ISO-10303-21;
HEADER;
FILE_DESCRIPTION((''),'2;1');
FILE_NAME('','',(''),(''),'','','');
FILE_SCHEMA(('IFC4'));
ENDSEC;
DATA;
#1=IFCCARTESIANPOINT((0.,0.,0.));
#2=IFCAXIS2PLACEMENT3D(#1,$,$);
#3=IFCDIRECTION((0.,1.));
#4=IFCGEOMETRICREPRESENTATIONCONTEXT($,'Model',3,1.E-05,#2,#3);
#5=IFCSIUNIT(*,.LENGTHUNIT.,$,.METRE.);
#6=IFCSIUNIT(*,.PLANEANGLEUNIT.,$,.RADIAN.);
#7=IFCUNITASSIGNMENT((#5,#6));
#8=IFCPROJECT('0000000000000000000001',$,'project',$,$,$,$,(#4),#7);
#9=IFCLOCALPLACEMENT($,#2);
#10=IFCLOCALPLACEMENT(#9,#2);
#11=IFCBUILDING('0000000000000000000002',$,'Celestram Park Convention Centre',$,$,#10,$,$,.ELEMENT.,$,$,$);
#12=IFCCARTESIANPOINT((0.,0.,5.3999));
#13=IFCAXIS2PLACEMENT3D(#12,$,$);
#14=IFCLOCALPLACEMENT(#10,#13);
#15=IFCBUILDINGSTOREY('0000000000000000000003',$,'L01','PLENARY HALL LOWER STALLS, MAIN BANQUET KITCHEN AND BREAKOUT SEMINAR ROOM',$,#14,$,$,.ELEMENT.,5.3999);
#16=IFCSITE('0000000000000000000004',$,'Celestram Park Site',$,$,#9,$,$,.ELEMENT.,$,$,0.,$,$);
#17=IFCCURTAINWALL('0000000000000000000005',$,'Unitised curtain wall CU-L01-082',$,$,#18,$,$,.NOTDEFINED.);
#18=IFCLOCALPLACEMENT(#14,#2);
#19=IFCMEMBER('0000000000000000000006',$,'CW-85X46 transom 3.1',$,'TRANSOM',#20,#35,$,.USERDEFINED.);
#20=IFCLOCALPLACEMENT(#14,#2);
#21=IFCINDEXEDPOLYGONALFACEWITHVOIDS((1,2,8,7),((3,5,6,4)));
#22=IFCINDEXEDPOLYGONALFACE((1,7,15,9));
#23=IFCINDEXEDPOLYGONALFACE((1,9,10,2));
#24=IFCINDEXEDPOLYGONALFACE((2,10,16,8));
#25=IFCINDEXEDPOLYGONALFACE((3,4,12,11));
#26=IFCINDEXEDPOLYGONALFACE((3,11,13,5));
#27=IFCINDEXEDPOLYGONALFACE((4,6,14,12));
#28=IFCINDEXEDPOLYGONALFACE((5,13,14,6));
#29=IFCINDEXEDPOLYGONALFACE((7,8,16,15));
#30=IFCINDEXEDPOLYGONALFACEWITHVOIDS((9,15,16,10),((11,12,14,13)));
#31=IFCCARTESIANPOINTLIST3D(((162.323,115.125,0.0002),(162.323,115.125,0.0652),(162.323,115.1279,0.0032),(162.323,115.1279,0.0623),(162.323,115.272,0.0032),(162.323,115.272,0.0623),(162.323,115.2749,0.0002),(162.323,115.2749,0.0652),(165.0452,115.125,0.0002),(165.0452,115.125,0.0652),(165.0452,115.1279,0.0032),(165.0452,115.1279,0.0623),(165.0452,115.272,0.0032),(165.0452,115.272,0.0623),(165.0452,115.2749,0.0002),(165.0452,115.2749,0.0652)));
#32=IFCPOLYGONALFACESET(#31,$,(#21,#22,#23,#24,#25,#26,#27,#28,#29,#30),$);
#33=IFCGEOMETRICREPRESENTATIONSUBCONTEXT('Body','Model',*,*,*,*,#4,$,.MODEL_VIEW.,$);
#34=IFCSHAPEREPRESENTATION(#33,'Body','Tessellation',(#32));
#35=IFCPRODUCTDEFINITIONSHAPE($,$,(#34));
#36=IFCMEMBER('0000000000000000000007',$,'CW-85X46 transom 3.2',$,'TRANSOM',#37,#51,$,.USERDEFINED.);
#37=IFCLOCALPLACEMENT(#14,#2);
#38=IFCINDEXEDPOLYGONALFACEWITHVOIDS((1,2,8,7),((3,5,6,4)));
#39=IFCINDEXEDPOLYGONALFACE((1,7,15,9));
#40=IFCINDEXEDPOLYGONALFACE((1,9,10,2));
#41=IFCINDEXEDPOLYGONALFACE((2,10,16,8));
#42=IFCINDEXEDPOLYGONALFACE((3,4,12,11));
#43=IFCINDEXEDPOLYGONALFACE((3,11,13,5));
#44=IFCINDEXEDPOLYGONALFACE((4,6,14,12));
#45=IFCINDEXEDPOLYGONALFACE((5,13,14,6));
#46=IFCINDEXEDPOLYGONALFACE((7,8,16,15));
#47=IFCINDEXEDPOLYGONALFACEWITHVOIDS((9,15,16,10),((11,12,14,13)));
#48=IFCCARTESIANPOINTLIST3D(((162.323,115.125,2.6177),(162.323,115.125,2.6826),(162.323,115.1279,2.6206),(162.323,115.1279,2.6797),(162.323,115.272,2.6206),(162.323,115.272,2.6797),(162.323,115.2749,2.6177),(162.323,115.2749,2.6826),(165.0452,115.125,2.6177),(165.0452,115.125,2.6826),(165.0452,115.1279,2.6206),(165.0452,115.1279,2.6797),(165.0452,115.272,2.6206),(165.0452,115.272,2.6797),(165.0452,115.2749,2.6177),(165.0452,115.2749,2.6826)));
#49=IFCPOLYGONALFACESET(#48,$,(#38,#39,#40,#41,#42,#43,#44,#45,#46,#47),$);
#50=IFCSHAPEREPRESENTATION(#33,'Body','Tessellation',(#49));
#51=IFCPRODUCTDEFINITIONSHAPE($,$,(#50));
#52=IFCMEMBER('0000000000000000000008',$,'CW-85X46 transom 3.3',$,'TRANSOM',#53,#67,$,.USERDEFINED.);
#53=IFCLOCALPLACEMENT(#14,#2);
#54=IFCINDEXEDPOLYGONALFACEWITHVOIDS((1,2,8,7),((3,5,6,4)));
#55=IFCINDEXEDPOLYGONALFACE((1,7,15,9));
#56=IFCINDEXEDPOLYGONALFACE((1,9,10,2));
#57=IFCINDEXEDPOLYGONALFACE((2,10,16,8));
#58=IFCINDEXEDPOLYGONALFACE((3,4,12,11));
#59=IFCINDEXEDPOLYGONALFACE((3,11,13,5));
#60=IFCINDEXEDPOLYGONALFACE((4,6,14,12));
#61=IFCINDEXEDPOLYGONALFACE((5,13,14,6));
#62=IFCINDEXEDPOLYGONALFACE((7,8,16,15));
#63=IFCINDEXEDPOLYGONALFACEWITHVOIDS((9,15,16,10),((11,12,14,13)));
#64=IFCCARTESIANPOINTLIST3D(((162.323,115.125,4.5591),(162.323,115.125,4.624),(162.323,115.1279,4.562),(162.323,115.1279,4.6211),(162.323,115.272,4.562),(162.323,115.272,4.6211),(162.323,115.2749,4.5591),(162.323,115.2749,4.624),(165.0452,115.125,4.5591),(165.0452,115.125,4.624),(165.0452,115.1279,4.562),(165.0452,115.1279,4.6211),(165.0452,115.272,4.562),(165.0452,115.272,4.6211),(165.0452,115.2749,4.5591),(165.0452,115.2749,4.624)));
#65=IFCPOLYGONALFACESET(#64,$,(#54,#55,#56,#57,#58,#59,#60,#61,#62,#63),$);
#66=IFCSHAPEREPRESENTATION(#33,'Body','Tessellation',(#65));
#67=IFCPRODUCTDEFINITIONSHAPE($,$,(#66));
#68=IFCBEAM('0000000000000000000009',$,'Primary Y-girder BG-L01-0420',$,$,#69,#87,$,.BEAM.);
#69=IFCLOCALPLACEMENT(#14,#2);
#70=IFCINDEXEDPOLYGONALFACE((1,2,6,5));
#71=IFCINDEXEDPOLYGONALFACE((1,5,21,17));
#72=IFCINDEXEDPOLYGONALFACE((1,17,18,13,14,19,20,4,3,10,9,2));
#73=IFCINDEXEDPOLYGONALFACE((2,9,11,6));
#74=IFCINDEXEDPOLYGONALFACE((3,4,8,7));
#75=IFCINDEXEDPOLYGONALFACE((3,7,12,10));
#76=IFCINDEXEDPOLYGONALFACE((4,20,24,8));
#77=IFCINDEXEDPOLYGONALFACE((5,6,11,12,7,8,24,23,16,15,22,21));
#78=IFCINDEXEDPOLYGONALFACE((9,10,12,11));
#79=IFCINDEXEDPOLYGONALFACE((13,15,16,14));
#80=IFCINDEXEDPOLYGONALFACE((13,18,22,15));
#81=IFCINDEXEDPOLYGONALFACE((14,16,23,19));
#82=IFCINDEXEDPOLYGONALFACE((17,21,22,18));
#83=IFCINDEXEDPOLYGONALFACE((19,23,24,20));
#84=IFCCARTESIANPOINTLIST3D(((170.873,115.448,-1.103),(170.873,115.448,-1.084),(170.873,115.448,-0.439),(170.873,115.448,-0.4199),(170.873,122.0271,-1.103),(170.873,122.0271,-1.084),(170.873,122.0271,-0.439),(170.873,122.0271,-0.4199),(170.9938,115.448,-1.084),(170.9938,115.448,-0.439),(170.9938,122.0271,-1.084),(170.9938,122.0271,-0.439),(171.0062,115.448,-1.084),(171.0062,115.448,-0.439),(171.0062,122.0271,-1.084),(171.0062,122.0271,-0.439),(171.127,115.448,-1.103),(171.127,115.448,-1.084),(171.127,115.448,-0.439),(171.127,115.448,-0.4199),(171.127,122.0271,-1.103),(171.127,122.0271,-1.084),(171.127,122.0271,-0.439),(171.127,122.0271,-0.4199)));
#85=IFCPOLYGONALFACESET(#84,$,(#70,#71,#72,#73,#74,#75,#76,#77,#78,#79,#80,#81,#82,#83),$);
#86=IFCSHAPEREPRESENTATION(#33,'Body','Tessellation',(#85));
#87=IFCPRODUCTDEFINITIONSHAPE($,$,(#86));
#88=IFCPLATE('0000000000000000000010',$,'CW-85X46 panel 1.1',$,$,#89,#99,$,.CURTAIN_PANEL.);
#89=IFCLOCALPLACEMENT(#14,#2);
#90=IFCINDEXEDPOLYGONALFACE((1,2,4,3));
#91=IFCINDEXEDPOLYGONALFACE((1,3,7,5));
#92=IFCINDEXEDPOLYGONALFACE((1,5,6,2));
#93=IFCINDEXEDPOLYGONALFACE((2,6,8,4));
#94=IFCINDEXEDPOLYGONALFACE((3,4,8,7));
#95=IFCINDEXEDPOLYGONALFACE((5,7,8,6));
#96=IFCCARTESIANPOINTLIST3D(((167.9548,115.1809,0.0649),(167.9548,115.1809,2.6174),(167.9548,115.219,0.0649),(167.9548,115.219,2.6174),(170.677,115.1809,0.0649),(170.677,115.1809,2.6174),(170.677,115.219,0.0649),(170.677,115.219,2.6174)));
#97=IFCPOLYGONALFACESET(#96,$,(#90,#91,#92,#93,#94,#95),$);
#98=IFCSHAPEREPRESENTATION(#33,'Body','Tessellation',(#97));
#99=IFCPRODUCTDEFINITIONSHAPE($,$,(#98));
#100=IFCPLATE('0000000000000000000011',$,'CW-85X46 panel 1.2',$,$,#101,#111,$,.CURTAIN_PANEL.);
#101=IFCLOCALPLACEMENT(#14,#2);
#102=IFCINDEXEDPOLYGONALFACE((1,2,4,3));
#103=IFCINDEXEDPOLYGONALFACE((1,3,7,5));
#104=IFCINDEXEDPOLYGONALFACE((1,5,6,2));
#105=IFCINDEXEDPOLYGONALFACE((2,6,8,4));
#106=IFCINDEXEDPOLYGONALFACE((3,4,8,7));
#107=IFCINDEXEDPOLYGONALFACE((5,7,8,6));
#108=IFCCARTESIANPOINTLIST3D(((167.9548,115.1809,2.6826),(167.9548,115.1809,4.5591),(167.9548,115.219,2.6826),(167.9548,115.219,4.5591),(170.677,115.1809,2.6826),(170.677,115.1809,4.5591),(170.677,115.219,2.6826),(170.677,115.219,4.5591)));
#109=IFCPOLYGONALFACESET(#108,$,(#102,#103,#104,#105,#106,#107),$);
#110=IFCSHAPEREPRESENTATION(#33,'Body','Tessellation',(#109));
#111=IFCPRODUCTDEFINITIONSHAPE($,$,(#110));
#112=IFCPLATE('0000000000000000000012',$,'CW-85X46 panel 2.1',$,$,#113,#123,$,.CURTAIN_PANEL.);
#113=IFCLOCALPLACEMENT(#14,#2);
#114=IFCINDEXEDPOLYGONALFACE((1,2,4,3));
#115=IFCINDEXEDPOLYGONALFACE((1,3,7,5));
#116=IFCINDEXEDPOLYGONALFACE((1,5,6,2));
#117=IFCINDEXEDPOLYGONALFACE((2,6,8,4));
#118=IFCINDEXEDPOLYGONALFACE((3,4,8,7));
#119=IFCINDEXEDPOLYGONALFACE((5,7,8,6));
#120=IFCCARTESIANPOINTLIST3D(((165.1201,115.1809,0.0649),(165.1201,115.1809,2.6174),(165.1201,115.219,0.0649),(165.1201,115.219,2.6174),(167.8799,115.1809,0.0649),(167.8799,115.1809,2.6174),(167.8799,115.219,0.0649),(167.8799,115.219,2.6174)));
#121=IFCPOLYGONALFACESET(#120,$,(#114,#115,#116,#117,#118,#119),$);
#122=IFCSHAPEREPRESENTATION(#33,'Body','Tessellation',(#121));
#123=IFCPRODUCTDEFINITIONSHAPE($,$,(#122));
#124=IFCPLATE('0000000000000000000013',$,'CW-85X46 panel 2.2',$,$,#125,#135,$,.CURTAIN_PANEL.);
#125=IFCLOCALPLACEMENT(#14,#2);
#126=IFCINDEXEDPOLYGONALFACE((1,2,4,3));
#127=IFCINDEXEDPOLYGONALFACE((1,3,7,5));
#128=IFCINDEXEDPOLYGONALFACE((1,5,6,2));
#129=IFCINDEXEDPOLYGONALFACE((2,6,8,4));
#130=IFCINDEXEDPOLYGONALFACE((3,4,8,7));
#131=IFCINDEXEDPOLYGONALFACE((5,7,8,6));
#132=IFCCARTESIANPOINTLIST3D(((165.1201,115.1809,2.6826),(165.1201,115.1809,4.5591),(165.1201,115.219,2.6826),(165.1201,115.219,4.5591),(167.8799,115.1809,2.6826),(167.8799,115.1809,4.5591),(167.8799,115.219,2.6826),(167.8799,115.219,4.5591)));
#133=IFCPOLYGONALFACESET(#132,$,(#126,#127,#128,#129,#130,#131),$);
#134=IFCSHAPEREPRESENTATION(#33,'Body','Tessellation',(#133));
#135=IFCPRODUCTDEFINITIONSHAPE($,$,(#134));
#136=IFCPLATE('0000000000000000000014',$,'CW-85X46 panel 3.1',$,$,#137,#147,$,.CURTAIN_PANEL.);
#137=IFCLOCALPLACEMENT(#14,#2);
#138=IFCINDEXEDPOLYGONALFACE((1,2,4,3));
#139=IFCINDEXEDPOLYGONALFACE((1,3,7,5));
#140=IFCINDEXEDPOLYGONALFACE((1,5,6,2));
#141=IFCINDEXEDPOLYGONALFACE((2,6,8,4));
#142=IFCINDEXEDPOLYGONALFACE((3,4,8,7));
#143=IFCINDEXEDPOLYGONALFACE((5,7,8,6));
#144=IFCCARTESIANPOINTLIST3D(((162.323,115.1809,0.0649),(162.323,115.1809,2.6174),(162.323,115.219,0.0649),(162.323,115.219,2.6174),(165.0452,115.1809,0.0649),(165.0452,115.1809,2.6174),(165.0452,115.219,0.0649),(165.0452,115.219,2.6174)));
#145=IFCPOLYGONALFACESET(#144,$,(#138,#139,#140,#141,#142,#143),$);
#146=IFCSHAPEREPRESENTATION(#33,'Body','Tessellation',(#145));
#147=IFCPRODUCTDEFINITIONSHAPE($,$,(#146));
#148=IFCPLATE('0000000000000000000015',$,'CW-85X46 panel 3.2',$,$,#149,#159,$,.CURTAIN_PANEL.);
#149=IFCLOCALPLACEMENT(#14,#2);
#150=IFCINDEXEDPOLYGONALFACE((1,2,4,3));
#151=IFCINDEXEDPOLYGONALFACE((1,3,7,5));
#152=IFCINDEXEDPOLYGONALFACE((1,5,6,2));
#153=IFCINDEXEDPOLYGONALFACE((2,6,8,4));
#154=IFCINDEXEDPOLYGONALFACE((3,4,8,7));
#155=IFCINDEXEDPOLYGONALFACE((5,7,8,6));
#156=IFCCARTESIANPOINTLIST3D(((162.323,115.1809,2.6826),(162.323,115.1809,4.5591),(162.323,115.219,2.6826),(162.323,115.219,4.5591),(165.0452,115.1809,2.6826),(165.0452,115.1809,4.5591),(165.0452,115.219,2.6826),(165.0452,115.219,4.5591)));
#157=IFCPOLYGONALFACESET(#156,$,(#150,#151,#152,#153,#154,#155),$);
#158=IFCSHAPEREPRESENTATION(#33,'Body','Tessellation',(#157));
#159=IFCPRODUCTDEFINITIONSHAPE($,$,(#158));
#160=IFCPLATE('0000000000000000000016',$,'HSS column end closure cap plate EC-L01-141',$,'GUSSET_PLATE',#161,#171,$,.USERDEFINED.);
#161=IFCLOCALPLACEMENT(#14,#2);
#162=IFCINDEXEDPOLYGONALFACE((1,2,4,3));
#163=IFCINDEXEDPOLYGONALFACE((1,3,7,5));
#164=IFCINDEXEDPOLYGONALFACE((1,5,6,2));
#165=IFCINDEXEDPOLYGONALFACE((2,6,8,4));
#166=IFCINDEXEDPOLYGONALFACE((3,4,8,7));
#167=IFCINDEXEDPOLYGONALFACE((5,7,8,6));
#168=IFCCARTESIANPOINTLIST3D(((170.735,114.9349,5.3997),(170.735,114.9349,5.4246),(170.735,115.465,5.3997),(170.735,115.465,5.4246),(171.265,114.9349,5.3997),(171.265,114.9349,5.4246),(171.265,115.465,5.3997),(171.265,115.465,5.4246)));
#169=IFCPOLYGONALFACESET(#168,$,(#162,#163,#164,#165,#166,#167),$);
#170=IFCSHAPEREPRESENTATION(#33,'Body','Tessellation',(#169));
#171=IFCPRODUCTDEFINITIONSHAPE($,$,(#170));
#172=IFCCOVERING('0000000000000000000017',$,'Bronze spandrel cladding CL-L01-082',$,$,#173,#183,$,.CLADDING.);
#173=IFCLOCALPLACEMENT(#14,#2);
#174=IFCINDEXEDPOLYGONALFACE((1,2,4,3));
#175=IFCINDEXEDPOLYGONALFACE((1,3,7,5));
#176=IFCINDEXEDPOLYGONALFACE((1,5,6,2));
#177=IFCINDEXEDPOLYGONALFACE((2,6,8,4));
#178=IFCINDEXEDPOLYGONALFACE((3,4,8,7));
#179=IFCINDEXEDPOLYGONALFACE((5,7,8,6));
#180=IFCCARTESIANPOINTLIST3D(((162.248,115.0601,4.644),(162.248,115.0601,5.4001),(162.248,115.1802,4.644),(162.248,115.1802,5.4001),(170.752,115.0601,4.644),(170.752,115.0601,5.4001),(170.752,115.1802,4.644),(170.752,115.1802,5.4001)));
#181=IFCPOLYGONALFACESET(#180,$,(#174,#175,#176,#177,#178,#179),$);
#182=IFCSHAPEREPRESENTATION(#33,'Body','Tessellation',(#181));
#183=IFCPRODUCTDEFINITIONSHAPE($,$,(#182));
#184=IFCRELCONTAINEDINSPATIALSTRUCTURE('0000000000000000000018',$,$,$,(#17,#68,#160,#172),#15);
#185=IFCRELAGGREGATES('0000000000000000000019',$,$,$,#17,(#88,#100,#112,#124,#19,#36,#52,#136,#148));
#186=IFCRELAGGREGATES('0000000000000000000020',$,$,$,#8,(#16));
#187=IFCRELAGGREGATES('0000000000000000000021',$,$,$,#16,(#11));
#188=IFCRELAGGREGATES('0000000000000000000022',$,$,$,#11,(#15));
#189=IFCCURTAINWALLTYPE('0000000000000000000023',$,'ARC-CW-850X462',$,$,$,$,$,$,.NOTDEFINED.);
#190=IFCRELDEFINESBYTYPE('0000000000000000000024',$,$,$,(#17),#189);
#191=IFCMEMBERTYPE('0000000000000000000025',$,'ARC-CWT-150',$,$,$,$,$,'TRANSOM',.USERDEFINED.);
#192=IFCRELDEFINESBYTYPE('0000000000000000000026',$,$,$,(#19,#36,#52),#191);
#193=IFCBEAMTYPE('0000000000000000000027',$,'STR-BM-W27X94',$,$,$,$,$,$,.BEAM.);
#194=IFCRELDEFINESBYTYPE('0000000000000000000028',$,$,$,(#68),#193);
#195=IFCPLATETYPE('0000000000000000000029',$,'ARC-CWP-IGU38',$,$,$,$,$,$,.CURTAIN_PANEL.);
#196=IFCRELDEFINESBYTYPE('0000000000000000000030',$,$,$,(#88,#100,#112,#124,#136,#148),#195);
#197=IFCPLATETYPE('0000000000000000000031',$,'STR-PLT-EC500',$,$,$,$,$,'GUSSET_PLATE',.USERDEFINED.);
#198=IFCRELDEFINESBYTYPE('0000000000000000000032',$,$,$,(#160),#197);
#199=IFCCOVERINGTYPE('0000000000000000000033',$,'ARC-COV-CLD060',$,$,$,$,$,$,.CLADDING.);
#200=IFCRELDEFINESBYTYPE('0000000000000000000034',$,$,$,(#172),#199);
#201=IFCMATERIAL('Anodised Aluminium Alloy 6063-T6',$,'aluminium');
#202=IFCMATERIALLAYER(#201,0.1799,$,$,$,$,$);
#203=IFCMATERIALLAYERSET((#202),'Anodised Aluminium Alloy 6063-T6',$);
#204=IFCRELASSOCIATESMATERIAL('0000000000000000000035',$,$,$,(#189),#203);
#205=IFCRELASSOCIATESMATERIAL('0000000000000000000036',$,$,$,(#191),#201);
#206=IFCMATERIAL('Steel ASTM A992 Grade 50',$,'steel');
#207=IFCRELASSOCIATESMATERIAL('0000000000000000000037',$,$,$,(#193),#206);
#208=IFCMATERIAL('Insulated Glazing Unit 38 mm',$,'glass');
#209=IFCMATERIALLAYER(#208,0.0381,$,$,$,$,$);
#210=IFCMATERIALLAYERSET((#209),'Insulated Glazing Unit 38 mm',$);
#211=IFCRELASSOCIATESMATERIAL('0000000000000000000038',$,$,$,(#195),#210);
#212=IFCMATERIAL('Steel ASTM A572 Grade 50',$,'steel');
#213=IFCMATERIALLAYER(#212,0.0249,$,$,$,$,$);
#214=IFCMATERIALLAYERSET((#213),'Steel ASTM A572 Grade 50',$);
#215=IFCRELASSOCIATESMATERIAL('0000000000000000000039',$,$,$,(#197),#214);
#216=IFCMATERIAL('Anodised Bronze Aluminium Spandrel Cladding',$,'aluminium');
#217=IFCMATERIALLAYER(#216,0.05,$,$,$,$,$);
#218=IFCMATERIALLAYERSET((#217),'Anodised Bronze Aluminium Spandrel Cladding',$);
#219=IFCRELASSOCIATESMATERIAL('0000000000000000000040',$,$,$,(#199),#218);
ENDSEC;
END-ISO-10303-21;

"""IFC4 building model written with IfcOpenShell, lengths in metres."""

from ifc_helpers import new_model, si_unit, direction, frame, origin, origin_2d, place, context, subcontext, project, spatial, rectangle, hollow_rectangle, i_section, extrude, material, layer, layer_set, material_profile, profile_set, type_object, element, aggregate, save


model = new_model("IFC4")

# Units and contexts
model_context = context("Model", 3, precision=1e-05, world=origin(), true_north=direction((0.0, 1.0)))
body_context = subcontext(model_context, "Body", "Model", "MODEL_VIEW")
ifc_project = project(units=[si_unit("LENGTHUNIT", "METRE"), si_unit("PLANEANGLEUNIT", "RADIAN")], contexts=[model_context])

# Site, building, storey
site_placement = place(None, origin())
site = spatial("IfcSite", under=ifc_project, at=site_placement, Name="Celestram Park Site", CompositionType="ELEMENT", RefElevation=0.0)
building_placement = place(site_placement, origin())
building = spatial("IfcBuilding", under=site, at=building_placement, Name="Celestram Park Convention Centre", CompositionType="ELEMENT")
storey_placement = place(building_placement, frame((0.0, 0.0, 5.3999)))
storey = spatial("IfcBuildingStorey", under=building, at=storey_placement, Name="L01", Description="PLENARY HALL LOWER STALLS, MAIN BANQUET KITCHEN AND BREAKOUT SEMINAR ROOM", CompositionType="ELEMENT", Elevation=5.3999)

# Curtain wall, members
ifc_material_1 = material(Name="Anodised Aluminium Alloy 6063-T6", Category="aluminium")
ifc_layer_1 = layer(ifc_material_1, 0.1799)
ifc_layer_set_1 = layer_set([ifc_layer_1], Name="Anodised Aluminium Alloy 6063-T6")
curtain_wall_type = type_object("IfcCurtainWallType", Name="ARC-CW-850X462", PredefinedType="NOTDEFINED", material=ifc_layer_set_1)
curtain_wall_placement = place(storey_placement, origin())
curtain_wall = element("IfcCurtainWall", 1, at=curtain_wall_placement, inside=storey, type_object=curtain_wall_type, Name="Unitised curtain wall CU-L01-082", PredefinedType="NOTDEFINED")
ifc_material_profile_1 = material_profile(ifc_material_1, hollow_rectangle(XDim=0.1499, YDim=0.0649, WallThickness=0.0029, at=origin_2d()), Name="ALU150X65X3")
ifc_profile_set_1 = profile_set([ifc_material_profile_1], Name="Anodised Aluminium Alloy 6063-T6")
member_type_1 = type_object("IfcMemberType", Name="ARC-CWT-150", ElementType="TRANSOM", PredefinedType="USERDEFINED", material=ifc_profile_set_1)
member_1_placement = place(storey_placement, frame((165.0452, 115.2, 0.0327), z_axis=(-1.0, 0.0, 0.0), x_axis=(0.0, -1.0, 0.0)))
member_1 = element("IfcMember", 2, at=member_1_placement, type_object=member_type_1, Name="CW-85X46 transom 3.1", ObjectType="TRANSOM", PredefinedType="USERDEFINED", context=body_context, shape_type="SweptSolid", body=[
    extrude(hollow_rectangle(XDim=0.1499, YDim=0.0649, WallThickness=0.0029, at=origin_2d()), origin(), (0.0, 0.0, 1.0), 2.7222),
])
member_2_placement = place(storey_placement, frame((165.0452, 115.2, 2.6501), z_axis=(-1.0, 0.0, 0.0), x_axis=(0.0, -1.0, 0.0)))
member_2 = element("IfcMember", 3, at=member_2_placement, type_object=member_type_1, Name="CW-85X46 transom 3.2", ObjectType="TRANSOM", PredefinedType="USERDEFINED", context=body_context, shape_type="SweptSolid", body=[
    extrude(hollow_rectangle(XDim=0.1499, YDim=0.0649, WallThickness=0.0029, at=origin_2d()), origin(), (0.0, 0.0, 1.0), 2.7222),
])
member_3_placement = place(storey_placement, frame((165.0452, 115.2, 4.5916), z_axis=(-1.0, 0.0, 0.0), x_axis=(0.0, -1.0, 0.0)))
member_3 = element("IfcMember", 4, at=member_3_placement, type_object=member_type_1, Name="CW-85X46 transom 3.3", ObjectType="TRANSOM", PredefinedType="USERDEFINED", context=body_context, shape_type="SweptSolid", body=[
    extrude(hollow_rectangle(XDim=0.1499, YDim=0.0649, WallThickness=0.0029, at=origin_2d()), origin(), (0.0, 0.0, 1.0), 2.7222),
])

# Beam
ifc_material_2 = material(Name="Steel ASTM A992 Grade 50", Category="steel")
ifc_material_profile_2 = material_profile(ifc_material_2, i_section(OverallWidth=0.2539, OverallDepth=0.6831, WebThickness=0.0125, FlangeThickness=0.019, at=origin_2d()), Name="W27X94")
ifc_profile_set_2 = profile_set([ifc_material_profile_2], Name="Steel ASTM A992 Grade 50")
beam_type = type_object("IfcBeamType", Name="STR-BM-W27X94", PredefinedType="BEAM", material=ifc_profile_set_2)
beam_placement = place(storey_placement, frame((171.0, 115.448, -0.7615), z_axis=(0.0, 1.0, 0.0), x_axis=(-1.0, 0.0, 0.0)))
element("IfcBeam", 5, at=beam_placement, inside=storey, type_object=beam_type, Name="Primary Y-girder BG-L01-0420", PredefinedType="BEAM", context=body_context, shape_type="SweptSolid", body=[
    extrude(i_section(OverallWidth=0.2539, OverallDepth=0.6831, WebThickness=0.0125, FlangeThickness=0.019, at=origin_2d()), origin(), (0.0, 0.0, 1.0), 6.5791),
])

# Plates
ifc_material_3 = material(Name="Insulated Glazing Unit 38 mm", Category="glass")
ifc_layer_2 = layer(ifc_material_3, 0.0381)
ifc_layer_set_2 = layer_set([ifc_layer_2], Name="Insulated Glazing Unit 38 mm")
plate_type_1 = type_object("IfcPlateType", Name="ARC-CWP-IGU38", PredefinedType="CURTAIN_PANEL", material=ifc_layer_set_2)
plate_1_placement = place(storey_placement, frame((169.3159, 115.2, 0.0649), z_axis=(0.0, 0.0, 1.0), x_axis=(-1.0, 0.0, 0.0)))
plate_1 = element("IfcPlate", 6, at=plate_1_placement, type_object=plate_type_1, Name="CW-85X46 panel 1.1", PredefinedType="CURTAIN_PANEL", context=body_context, shape_type="SweptSolid", body=[
    extrude(rectangle(XDim=2.7222, YDim=0.0381, at=origin_2d()), origin(), (0.0, 0.0, 1.0), 2.5525),
])
plate_2_placement = place(storey_placement, frame((169.3159, 115.2, 2.6826), z_axis=(0.0, 0.0, 1.0), x_axis=(-1.0, 0.0, 0.0)))
plate_2 = element("IfcPlate", 7, at=plate_2_placement, type_object=plate_type_1, Name="CW-85X46 panel 1.2", PredefinedType="CURTAIN_PANEL", context=body_context, shape_type="SweptSolid", body=[
    extrude(rectangle(XDim=2.7222, YDim=0.0381, at=origin_2d()), origin(), (0.0, 0.0, 1.0), 1.8765),
])
plate_3_placement = place(storey_placement, frame((166.5, 115.2, 0.0649), z_axis=(0.0, 0.0, 1.0), x_axis=(-1.0, 0.0, 0.0)))
plate_3 = element("IfcPlate", 8, at=plate_3_placement, type_object=plate_type_1, Name="CW-85X46 panel 2.1", PredefinedType="CURTAIN_PANEL", context=body_context, shape_type="SweptSolid", body=[
    extrude(rectangle(XDim=2.7598, YDim=0.0381, at=origin_2d()), origin(), (0.0, 0.0, 1.0), 2.5525),
])
plate_4_placement = place(storey_placement, frame((166.5, 115.2, 2.6826), z_axis=(0.0, 0.0, 1.0), x_axis=(-1.0, 0.0, 0.0)))
plate_4 = element("IfcPlate", 9, at=plate_4_placement, type_object=plate_type_1, Name="CW-85X46 panel 2.2", PredefinedType="CURTAIN_PANEL", context=body_context, shape_type="SweptSolid", body=[
    extrude(rectangle(XDim=2.7598, YDim=0.0381, at=origin_2d()), origin(), (0.0, 0.0, 1.0), 1.8765),
])
plate_5_placement = place(storey_placement, frame((163.6841, 115.2, 0.0649), z_axis=(0.0, 0.0, 1.0), x_axis=(-1.0, 0.0, 0.0)))
plate_5 = element("IfcPlate", 10, at=plate_5_placement, type_object=plate_type_1, Name="CW-85X46 panel 3.1", PredefinedType="CURTAIN_PANEL", context=body_context, shape_type="SweptSolid", body=[
    extrude(rectangle(XDim=2.7222, YDim=0.0381, at=origin_2d()), origin(), (0.0, 0.0, 1.0), 2.5525),
])
plate_6_placement = place(storey_placement, frame((163.6841, 115.2, 2.6826), z_axis=(0.0, 0.0, 1.0), x_axis=(-1.0, 0.0, 0.0)))
plate_6 = element("IfcPlate", 11, at=plate_6_placement, type_object=plate_type_1, Name="CW-85X46 panel 3.2", PredefinedType="CURTAIN_PANEL", context=body_context, shape_type="SweptSolid", body=[
    extrude(rectangle(XDim=2.7222, YDim=0.0381, at=origin_2d()), origin(), (0.0, 0.0, 1.0), 1.8765),
])
aggregate(curtain_wall, [plate_1, plate_2, plate_3, plate_4, member_1, member_2, member_3, plate_5, plate_6])
ifc_material_4 = material(Name="Steel ASTM A572 Grade 50", Category="steel")
ifc_layer_3 = layer(ifc_material_4, 0.0249)
ifc_layer_set_3 = layer_set([ifc_layer_3], Name="Steel ASTM A572 Grade 50")
plate_type_2 = type_object("IfcPlateType", Name="STR-PLT-EC500", ElementType="GUSSET_PLATE", PredefinedType="USERDEFINED", material=ifc_layer_set_3)
plate_7_placement = place(storey_placement, frame((171.0, 115.2, 5.3997), z_axis=(0.0, 0.0, 1.0), x_axis=(1.0, 0.0, 0.0)))
element("IfcPlate", 12, at=plate_7_placement, inside=storey, type_object=plate_type_2, Name="HSS column end closure cap plate EC-L01-141", ObjectType="GUSSET_PLATE", PredefinedType="USERDEFINED", context=body_context, shape_type="SweptSolid", body=[
    extrude(rectangle(XDim=0.53, YDim=0.53, at=origin_2d()), origin(), (0.0, 0.0, 1.0), 0.0249),
])

# Covering
ifc_material_5 = material(Name="Anodised Bronze Aluminium Spandrel Cladding", Category="aluminium")
ifc_layer_4 = layer(ifc_material_5, 0.05)
ifc_layer_set_4 = layer_set([ifc_layer_4], Name="Anodised Bronze Aluminium Spandrel Cladding")
covering_type_1 = type_object("IfcCoveringType", Name="ARC-COV-CLD060", PredefinedType="CLADDING", material=ifc_layer_set_4)
covering_1_placement = place(storey_placement, frame((166.5, 115.1201, 4.644), z_axis=(0.0, 0.0, 1.0), x_axis=(-1.0, 0.0, 0.0)))
element("IfcCovering", 13, at=covering_1_placement, inside=storey, type_object=covering_type_1, Name="Bronze spandrel cladding CL-L01-082", PredefinedType="CLADDING", context=body_context, shape_type="SweptSolid", body=[
    extrude(rectangle(XDim=8.5039, YDim=0.1201, at=origin_2d()), origin(), (0.0, 0.0, 1.0), 0.7561),
])

save(model, "model.ifc")
